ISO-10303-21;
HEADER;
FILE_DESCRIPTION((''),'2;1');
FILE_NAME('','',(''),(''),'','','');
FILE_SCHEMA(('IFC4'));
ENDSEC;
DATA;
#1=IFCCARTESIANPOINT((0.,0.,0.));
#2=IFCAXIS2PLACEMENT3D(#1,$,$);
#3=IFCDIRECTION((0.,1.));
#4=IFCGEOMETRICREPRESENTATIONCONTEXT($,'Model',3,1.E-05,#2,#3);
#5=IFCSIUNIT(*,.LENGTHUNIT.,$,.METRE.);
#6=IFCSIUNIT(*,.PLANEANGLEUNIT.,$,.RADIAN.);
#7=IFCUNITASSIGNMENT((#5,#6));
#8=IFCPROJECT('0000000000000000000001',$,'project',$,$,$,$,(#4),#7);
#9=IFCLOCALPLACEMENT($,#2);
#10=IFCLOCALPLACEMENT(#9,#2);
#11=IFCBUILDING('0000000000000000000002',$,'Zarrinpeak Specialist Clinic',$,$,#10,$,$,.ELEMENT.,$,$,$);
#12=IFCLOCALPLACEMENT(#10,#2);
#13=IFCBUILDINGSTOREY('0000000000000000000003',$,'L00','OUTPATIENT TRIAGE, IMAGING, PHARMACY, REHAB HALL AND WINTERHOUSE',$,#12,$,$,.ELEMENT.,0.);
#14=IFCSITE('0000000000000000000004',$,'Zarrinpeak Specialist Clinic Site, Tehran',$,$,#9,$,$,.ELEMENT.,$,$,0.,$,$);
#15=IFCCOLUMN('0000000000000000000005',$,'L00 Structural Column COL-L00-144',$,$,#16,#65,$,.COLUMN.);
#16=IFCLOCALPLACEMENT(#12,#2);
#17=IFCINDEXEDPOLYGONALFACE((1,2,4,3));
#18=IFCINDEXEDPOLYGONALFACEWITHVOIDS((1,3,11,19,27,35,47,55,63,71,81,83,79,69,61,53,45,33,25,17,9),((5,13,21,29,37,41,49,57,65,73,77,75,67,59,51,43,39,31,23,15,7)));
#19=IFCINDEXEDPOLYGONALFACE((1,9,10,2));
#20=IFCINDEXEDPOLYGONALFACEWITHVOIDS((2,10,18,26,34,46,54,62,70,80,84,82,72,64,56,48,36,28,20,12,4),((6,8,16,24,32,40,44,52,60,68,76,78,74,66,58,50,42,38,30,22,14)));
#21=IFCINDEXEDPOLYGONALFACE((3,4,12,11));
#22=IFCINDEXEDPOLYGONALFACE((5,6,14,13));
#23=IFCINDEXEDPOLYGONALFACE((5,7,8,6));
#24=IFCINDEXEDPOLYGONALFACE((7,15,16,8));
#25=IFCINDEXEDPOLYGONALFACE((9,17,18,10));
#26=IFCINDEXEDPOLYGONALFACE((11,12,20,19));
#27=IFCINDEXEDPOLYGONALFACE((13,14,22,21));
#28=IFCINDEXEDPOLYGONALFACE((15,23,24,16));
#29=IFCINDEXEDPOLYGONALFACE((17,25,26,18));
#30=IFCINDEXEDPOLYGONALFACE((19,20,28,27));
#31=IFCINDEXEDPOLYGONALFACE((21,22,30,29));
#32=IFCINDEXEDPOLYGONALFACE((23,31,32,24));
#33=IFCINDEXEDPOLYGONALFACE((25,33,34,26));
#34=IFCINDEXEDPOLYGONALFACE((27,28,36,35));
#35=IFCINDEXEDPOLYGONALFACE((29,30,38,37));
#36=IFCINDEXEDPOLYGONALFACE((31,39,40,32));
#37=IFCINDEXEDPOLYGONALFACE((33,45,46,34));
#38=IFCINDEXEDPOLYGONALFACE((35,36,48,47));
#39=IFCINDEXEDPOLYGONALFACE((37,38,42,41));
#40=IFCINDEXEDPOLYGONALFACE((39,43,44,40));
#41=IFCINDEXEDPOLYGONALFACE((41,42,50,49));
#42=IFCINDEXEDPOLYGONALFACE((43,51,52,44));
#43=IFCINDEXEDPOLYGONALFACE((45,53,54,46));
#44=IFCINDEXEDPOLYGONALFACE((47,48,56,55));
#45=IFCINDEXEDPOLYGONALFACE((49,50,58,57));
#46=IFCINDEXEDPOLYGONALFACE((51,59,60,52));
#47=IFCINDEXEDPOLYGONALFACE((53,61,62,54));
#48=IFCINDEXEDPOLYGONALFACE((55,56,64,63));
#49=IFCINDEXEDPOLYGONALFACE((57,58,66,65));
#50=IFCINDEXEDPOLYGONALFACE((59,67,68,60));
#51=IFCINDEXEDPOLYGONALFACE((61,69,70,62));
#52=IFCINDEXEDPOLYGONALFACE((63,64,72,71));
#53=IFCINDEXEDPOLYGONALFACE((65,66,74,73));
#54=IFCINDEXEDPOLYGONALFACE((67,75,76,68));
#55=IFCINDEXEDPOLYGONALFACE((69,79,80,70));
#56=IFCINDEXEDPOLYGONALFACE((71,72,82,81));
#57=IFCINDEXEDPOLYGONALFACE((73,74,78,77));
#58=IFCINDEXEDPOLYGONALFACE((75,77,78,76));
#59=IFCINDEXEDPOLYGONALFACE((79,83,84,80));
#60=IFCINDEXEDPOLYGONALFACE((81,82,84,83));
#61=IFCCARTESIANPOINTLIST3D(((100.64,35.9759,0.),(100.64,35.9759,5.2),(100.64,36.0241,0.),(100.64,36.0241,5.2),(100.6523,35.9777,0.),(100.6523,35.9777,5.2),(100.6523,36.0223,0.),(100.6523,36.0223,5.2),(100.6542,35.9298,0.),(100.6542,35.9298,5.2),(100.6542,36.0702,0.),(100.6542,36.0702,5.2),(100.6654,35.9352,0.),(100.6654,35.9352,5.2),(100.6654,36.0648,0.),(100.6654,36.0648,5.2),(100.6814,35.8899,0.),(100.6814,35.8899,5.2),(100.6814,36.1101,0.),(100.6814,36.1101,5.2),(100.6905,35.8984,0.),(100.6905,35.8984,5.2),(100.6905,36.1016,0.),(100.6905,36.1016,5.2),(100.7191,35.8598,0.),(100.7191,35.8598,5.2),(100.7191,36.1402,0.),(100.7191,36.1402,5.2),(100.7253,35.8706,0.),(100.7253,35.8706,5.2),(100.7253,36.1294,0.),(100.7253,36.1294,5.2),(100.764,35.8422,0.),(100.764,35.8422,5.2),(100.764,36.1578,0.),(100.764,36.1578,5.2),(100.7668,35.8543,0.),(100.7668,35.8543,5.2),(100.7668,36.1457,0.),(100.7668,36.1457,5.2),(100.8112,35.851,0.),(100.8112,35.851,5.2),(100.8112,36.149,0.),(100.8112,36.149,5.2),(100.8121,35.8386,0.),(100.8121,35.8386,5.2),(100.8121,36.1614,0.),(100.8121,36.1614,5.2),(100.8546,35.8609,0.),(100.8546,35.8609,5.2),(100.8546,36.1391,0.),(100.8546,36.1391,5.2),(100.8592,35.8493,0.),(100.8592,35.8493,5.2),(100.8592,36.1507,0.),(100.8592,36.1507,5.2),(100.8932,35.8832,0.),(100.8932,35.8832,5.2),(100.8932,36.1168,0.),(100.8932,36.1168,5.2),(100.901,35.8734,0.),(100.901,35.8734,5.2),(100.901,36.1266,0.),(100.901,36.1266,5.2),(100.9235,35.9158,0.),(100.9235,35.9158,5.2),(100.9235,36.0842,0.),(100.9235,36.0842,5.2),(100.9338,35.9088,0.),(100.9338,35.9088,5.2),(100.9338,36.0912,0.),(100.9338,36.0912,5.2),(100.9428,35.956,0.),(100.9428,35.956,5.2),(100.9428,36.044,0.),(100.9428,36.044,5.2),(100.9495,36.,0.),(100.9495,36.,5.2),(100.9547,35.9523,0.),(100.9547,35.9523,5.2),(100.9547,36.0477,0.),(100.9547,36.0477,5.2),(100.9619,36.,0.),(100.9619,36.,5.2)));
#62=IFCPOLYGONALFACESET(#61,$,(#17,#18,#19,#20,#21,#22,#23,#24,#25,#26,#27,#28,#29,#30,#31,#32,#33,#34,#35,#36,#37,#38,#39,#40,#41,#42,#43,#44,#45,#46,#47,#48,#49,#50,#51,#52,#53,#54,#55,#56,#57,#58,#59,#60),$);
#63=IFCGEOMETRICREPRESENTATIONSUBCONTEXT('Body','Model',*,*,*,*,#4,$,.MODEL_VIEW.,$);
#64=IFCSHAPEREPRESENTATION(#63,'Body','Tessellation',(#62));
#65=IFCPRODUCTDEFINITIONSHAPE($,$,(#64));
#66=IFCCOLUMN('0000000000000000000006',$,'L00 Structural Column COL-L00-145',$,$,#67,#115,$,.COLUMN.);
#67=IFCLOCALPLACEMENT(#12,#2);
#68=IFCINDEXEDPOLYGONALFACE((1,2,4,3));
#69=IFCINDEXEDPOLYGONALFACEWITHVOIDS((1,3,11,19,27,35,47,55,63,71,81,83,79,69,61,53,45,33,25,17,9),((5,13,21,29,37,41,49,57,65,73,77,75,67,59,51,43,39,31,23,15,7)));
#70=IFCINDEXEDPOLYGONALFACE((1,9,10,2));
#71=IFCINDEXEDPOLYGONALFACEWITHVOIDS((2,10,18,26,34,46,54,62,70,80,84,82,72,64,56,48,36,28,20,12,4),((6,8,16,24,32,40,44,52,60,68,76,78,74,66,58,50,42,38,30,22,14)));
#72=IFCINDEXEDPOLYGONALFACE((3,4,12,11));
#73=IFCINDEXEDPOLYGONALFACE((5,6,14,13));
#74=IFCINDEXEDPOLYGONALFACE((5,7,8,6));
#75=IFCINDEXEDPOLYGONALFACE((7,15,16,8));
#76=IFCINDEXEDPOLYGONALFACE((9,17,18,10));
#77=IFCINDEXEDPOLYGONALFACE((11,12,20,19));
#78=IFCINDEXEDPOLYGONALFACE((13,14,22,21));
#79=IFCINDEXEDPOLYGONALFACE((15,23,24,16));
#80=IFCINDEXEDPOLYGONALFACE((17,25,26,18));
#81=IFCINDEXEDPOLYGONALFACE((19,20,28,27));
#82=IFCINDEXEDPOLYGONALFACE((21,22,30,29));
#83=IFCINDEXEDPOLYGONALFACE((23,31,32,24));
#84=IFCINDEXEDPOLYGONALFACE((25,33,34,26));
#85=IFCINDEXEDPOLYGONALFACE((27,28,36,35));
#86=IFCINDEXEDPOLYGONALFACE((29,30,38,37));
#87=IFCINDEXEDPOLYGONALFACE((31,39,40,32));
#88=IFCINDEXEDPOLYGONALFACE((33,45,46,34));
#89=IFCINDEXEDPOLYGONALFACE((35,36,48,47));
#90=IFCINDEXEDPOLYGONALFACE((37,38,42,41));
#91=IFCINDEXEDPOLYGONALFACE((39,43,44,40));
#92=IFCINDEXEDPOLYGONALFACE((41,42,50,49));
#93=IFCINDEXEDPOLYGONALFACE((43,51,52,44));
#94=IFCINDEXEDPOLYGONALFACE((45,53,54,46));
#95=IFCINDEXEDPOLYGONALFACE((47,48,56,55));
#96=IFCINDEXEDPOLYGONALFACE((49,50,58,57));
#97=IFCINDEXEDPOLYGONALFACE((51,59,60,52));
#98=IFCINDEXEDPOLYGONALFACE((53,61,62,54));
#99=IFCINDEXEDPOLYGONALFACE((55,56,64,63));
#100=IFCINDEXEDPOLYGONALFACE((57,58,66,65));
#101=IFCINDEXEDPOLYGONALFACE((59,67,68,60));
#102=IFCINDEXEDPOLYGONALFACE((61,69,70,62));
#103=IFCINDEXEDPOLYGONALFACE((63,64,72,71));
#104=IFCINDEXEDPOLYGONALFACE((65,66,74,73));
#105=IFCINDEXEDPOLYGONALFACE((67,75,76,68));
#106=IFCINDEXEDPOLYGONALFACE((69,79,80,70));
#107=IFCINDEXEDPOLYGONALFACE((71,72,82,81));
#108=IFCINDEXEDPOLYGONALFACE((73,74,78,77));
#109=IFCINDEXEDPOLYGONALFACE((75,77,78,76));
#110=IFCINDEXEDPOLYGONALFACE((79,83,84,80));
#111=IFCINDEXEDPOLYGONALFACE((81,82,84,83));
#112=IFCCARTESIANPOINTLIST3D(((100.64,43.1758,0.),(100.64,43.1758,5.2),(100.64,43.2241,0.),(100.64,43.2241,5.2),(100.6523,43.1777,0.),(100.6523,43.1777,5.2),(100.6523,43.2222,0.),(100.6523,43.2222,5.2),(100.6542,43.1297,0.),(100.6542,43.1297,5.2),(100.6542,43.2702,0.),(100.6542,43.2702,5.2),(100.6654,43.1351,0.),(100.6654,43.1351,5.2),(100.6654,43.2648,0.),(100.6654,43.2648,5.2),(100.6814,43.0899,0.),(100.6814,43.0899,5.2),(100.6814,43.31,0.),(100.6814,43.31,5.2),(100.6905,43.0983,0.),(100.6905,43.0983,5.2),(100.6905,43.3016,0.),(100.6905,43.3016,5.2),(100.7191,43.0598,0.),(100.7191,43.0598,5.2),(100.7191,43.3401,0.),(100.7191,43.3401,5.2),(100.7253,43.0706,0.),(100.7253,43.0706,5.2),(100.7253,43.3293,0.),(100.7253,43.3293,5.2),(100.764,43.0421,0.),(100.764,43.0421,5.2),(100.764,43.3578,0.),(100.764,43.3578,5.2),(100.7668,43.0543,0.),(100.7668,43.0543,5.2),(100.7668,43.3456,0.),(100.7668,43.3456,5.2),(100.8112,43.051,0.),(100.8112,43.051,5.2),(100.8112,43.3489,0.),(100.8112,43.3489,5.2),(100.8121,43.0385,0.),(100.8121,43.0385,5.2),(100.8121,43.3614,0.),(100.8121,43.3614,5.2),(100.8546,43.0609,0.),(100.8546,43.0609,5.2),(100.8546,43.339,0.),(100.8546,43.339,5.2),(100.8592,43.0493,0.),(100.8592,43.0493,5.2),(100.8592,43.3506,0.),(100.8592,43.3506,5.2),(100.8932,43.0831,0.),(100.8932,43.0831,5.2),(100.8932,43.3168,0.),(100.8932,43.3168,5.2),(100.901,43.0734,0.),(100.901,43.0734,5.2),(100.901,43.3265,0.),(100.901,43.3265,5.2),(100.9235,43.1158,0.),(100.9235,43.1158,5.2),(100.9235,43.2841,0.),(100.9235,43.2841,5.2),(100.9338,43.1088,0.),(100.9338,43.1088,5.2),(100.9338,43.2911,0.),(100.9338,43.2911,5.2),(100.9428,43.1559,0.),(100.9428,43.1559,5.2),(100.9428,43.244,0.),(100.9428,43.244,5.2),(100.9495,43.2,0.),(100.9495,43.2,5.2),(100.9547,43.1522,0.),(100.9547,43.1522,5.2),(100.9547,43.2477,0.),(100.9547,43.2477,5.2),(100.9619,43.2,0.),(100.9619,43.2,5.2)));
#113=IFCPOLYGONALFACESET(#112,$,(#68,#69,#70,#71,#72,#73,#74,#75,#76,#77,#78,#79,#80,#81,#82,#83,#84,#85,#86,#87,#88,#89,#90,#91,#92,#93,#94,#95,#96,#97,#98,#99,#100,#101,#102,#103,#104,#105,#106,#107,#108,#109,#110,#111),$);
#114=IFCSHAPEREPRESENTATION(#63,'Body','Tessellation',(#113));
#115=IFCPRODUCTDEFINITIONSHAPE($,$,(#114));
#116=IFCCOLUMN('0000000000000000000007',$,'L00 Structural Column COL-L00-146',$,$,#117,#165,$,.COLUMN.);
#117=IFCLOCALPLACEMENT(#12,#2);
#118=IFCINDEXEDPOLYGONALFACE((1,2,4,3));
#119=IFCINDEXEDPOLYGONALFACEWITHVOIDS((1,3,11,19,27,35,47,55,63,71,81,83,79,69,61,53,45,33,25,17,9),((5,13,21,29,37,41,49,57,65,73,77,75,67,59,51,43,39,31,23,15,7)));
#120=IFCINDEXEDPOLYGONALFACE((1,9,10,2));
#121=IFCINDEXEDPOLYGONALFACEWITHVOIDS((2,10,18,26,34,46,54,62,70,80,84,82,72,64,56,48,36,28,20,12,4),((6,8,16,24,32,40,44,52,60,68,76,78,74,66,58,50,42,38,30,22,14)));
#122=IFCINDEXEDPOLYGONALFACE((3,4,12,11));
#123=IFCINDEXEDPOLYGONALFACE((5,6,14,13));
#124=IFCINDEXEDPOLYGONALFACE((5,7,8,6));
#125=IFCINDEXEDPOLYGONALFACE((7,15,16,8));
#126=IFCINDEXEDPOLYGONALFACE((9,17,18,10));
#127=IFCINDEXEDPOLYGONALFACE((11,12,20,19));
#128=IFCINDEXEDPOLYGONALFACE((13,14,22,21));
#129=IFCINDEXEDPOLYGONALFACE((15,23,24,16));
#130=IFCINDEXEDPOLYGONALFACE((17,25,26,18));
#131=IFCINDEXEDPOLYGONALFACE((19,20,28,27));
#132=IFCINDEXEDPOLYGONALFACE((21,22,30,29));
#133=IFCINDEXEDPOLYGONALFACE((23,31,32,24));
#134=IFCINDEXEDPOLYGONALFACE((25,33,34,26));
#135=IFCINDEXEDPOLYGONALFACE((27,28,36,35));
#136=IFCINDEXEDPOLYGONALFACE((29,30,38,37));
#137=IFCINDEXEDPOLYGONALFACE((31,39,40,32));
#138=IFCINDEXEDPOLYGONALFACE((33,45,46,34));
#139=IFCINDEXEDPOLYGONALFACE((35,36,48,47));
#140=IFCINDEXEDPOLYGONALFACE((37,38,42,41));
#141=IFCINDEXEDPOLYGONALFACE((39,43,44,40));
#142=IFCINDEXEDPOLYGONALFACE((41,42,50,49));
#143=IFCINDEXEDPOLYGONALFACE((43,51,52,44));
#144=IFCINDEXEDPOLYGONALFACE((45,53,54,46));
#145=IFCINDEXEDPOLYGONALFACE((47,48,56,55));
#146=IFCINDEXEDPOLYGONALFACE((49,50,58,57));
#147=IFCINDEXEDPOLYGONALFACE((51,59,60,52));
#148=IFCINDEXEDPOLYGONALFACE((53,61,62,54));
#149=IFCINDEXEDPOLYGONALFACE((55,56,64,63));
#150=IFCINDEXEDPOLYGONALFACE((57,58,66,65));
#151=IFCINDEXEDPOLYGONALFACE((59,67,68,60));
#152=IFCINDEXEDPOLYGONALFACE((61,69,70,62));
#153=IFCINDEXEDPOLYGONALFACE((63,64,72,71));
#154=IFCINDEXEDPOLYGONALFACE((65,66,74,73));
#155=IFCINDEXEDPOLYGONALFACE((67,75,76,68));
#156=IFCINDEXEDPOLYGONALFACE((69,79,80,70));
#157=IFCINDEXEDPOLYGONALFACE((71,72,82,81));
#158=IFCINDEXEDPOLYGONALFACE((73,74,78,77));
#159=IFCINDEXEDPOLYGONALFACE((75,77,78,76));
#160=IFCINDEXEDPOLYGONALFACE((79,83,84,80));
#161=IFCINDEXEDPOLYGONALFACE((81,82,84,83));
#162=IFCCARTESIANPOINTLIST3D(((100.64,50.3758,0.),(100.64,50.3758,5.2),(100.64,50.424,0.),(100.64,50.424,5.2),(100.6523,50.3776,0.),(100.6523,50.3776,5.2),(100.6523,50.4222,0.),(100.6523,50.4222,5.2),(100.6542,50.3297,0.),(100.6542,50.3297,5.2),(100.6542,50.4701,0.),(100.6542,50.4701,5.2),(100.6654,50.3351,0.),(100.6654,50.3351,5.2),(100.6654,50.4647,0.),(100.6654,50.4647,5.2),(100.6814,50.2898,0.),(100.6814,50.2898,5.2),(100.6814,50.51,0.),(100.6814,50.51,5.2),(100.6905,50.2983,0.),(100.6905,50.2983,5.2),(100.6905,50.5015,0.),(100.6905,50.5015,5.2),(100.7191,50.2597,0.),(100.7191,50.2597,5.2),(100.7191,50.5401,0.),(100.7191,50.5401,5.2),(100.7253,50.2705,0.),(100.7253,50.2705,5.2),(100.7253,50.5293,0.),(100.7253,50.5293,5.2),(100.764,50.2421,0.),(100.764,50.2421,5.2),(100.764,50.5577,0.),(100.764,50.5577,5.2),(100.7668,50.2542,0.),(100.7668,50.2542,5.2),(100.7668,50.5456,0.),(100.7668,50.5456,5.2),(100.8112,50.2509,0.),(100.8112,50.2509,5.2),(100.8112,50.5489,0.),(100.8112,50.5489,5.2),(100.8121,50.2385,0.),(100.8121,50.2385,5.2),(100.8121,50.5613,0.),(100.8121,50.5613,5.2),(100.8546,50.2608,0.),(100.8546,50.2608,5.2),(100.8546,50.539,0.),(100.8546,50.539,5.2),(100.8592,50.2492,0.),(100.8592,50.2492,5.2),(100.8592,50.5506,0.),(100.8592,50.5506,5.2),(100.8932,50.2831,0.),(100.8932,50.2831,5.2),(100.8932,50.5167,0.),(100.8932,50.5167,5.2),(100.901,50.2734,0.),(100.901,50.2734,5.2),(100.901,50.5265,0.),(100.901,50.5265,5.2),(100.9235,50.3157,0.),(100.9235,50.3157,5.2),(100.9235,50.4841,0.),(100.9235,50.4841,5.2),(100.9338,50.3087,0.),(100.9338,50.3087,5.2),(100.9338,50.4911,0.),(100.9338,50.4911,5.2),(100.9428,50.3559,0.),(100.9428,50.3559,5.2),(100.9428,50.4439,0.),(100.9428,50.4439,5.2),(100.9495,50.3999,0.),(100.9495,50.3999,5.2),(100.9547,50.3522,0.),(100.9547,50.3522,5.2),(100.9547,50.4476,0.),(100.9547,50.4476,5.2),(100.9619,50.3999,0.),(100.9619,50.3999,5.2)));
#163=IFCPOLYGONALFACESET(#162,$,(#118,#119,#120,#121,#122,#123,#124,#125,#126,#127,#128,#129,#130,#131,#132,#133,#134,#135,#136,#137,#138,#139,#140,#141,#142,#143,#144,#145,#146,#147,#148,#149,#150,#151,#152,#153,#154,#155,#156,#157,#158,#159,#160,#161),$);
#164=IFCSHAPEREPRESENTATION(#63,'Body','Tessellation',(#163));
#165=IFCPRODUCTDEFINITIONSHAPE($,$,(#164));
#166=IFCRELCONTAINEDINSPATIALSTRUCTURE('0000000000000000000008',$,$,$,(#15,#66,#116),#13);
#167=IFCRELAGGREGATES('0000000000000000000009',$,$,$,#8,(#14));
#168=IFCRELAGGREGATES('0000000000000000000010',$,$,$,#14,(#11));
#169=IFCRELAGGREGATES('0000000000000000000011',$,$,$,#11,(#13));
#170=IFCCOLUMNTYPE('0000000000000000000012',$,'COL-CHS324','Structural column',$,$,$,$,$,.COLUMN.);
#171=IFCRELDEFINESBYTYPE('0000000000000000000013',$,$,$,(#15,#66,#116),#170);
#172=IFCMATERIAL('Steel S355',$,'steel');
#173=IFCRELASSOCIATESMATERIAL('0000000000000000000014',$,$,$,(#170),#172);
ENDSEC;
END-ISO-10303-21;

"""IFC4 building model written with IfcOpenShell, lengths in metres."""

from ifc_helpers import new_model, si_unit, direction, frame, origin, origin_2d, place, context, subcontext, project, spatial, hollow_circle, extrude, material, material_profile, profile_set, type_object, element, save


model = new_model("IFC4")

# Units and contexts
model_context = context("Model", 3, precision=1e-05, world=origin(), true_north=direction((0.0, 1.0)))
body_context = subcontext(model_context, "Body", "Model", "MODEL_VIEW")
ifc_project = project(units=[si_unit("LENGTHUNIT", "METRE"), si_unit("PLANEANGLEUNIT", "RADIAN")], contexts=[model_context])

# Site, building, storey
site_placement = place(None, origin())
site = spatial("IfcSite", under=ifc_project, at=site_placement, Name="Zarrinpeak Specialist Clinic Site, Tehran", CompositionType="ELEMENT", RefElevation=0.0)
building_placement = place(site_placement, origin())
building = spatial("IfcBuilding", under=site, at=building_placement, Name="Zarrinpeak Specialist Clinic", CompositionType="ELEMENT")
storey_placement = place(building_placement, origin())
storey = spatial("IfcBuildingStorey", under=building, at=storey_placement, Name="L00", Description="OUTPATIENT TRIAGE, IMAGING, PHARMACY, REHAB HALL AND WINTERHOUSE", CompositionType="ELEMENT", Elevation=0.0)

# Columns
ifc_material_1 = material(Name="Steel S355", Category="steel")
ifc_material_profile_1 = material_profile(ifc_material_1, hollow_circle(Radius=0.1619, WallThickness=0.0125, at=origin_2d()), Name="CHS 323.9x12.5")
ifc_profile_set_1 = profile_set([ifc_material_profile_1], Name="Steel S355")
column_type = type_object("IfcColumnType", Name="COL-CHS324", Description="Structural column", PredefinedType="COLUMN", material=ifc_profile_set_1)
for number, where, z_axis, x_axis, name in (
    (1, (100.8, 36.0, 0.0), (0.0, 0.0, 1.0), (1.0, 0.0, 0.0), "L00 Structural Column COL-L00-144"),
    (2, (100.8, 43.2, 0.0), (0.0, 0.0, 1.0), (1.0, 0.0, 0.0), "L00 Structural Column COL-L00-145"),
    (3, (100.8, 50.3999, 0.0), (0.0, 0.0, 1.0), (1.0, 0.0, 0.0), "L00 Structural Column COL-L00-146"),
):
    element("IfcColumn", number, at=place(storey_placement, frame(where, z_axis=z_axis, x_axis=x_axis)), inside=storey, type_object=column_type, Name=name, PredefinedType="COLUMN", context=body_context, shape_type="SweptSolid", body=[
        extrude(hollow_circle(Radius=0.1619, WallThickness=0.0125, at=origin_2d()), origin(), (0.0, 0.0, 1.0), 5.2),
    ])

save(model, "model.ifc")
